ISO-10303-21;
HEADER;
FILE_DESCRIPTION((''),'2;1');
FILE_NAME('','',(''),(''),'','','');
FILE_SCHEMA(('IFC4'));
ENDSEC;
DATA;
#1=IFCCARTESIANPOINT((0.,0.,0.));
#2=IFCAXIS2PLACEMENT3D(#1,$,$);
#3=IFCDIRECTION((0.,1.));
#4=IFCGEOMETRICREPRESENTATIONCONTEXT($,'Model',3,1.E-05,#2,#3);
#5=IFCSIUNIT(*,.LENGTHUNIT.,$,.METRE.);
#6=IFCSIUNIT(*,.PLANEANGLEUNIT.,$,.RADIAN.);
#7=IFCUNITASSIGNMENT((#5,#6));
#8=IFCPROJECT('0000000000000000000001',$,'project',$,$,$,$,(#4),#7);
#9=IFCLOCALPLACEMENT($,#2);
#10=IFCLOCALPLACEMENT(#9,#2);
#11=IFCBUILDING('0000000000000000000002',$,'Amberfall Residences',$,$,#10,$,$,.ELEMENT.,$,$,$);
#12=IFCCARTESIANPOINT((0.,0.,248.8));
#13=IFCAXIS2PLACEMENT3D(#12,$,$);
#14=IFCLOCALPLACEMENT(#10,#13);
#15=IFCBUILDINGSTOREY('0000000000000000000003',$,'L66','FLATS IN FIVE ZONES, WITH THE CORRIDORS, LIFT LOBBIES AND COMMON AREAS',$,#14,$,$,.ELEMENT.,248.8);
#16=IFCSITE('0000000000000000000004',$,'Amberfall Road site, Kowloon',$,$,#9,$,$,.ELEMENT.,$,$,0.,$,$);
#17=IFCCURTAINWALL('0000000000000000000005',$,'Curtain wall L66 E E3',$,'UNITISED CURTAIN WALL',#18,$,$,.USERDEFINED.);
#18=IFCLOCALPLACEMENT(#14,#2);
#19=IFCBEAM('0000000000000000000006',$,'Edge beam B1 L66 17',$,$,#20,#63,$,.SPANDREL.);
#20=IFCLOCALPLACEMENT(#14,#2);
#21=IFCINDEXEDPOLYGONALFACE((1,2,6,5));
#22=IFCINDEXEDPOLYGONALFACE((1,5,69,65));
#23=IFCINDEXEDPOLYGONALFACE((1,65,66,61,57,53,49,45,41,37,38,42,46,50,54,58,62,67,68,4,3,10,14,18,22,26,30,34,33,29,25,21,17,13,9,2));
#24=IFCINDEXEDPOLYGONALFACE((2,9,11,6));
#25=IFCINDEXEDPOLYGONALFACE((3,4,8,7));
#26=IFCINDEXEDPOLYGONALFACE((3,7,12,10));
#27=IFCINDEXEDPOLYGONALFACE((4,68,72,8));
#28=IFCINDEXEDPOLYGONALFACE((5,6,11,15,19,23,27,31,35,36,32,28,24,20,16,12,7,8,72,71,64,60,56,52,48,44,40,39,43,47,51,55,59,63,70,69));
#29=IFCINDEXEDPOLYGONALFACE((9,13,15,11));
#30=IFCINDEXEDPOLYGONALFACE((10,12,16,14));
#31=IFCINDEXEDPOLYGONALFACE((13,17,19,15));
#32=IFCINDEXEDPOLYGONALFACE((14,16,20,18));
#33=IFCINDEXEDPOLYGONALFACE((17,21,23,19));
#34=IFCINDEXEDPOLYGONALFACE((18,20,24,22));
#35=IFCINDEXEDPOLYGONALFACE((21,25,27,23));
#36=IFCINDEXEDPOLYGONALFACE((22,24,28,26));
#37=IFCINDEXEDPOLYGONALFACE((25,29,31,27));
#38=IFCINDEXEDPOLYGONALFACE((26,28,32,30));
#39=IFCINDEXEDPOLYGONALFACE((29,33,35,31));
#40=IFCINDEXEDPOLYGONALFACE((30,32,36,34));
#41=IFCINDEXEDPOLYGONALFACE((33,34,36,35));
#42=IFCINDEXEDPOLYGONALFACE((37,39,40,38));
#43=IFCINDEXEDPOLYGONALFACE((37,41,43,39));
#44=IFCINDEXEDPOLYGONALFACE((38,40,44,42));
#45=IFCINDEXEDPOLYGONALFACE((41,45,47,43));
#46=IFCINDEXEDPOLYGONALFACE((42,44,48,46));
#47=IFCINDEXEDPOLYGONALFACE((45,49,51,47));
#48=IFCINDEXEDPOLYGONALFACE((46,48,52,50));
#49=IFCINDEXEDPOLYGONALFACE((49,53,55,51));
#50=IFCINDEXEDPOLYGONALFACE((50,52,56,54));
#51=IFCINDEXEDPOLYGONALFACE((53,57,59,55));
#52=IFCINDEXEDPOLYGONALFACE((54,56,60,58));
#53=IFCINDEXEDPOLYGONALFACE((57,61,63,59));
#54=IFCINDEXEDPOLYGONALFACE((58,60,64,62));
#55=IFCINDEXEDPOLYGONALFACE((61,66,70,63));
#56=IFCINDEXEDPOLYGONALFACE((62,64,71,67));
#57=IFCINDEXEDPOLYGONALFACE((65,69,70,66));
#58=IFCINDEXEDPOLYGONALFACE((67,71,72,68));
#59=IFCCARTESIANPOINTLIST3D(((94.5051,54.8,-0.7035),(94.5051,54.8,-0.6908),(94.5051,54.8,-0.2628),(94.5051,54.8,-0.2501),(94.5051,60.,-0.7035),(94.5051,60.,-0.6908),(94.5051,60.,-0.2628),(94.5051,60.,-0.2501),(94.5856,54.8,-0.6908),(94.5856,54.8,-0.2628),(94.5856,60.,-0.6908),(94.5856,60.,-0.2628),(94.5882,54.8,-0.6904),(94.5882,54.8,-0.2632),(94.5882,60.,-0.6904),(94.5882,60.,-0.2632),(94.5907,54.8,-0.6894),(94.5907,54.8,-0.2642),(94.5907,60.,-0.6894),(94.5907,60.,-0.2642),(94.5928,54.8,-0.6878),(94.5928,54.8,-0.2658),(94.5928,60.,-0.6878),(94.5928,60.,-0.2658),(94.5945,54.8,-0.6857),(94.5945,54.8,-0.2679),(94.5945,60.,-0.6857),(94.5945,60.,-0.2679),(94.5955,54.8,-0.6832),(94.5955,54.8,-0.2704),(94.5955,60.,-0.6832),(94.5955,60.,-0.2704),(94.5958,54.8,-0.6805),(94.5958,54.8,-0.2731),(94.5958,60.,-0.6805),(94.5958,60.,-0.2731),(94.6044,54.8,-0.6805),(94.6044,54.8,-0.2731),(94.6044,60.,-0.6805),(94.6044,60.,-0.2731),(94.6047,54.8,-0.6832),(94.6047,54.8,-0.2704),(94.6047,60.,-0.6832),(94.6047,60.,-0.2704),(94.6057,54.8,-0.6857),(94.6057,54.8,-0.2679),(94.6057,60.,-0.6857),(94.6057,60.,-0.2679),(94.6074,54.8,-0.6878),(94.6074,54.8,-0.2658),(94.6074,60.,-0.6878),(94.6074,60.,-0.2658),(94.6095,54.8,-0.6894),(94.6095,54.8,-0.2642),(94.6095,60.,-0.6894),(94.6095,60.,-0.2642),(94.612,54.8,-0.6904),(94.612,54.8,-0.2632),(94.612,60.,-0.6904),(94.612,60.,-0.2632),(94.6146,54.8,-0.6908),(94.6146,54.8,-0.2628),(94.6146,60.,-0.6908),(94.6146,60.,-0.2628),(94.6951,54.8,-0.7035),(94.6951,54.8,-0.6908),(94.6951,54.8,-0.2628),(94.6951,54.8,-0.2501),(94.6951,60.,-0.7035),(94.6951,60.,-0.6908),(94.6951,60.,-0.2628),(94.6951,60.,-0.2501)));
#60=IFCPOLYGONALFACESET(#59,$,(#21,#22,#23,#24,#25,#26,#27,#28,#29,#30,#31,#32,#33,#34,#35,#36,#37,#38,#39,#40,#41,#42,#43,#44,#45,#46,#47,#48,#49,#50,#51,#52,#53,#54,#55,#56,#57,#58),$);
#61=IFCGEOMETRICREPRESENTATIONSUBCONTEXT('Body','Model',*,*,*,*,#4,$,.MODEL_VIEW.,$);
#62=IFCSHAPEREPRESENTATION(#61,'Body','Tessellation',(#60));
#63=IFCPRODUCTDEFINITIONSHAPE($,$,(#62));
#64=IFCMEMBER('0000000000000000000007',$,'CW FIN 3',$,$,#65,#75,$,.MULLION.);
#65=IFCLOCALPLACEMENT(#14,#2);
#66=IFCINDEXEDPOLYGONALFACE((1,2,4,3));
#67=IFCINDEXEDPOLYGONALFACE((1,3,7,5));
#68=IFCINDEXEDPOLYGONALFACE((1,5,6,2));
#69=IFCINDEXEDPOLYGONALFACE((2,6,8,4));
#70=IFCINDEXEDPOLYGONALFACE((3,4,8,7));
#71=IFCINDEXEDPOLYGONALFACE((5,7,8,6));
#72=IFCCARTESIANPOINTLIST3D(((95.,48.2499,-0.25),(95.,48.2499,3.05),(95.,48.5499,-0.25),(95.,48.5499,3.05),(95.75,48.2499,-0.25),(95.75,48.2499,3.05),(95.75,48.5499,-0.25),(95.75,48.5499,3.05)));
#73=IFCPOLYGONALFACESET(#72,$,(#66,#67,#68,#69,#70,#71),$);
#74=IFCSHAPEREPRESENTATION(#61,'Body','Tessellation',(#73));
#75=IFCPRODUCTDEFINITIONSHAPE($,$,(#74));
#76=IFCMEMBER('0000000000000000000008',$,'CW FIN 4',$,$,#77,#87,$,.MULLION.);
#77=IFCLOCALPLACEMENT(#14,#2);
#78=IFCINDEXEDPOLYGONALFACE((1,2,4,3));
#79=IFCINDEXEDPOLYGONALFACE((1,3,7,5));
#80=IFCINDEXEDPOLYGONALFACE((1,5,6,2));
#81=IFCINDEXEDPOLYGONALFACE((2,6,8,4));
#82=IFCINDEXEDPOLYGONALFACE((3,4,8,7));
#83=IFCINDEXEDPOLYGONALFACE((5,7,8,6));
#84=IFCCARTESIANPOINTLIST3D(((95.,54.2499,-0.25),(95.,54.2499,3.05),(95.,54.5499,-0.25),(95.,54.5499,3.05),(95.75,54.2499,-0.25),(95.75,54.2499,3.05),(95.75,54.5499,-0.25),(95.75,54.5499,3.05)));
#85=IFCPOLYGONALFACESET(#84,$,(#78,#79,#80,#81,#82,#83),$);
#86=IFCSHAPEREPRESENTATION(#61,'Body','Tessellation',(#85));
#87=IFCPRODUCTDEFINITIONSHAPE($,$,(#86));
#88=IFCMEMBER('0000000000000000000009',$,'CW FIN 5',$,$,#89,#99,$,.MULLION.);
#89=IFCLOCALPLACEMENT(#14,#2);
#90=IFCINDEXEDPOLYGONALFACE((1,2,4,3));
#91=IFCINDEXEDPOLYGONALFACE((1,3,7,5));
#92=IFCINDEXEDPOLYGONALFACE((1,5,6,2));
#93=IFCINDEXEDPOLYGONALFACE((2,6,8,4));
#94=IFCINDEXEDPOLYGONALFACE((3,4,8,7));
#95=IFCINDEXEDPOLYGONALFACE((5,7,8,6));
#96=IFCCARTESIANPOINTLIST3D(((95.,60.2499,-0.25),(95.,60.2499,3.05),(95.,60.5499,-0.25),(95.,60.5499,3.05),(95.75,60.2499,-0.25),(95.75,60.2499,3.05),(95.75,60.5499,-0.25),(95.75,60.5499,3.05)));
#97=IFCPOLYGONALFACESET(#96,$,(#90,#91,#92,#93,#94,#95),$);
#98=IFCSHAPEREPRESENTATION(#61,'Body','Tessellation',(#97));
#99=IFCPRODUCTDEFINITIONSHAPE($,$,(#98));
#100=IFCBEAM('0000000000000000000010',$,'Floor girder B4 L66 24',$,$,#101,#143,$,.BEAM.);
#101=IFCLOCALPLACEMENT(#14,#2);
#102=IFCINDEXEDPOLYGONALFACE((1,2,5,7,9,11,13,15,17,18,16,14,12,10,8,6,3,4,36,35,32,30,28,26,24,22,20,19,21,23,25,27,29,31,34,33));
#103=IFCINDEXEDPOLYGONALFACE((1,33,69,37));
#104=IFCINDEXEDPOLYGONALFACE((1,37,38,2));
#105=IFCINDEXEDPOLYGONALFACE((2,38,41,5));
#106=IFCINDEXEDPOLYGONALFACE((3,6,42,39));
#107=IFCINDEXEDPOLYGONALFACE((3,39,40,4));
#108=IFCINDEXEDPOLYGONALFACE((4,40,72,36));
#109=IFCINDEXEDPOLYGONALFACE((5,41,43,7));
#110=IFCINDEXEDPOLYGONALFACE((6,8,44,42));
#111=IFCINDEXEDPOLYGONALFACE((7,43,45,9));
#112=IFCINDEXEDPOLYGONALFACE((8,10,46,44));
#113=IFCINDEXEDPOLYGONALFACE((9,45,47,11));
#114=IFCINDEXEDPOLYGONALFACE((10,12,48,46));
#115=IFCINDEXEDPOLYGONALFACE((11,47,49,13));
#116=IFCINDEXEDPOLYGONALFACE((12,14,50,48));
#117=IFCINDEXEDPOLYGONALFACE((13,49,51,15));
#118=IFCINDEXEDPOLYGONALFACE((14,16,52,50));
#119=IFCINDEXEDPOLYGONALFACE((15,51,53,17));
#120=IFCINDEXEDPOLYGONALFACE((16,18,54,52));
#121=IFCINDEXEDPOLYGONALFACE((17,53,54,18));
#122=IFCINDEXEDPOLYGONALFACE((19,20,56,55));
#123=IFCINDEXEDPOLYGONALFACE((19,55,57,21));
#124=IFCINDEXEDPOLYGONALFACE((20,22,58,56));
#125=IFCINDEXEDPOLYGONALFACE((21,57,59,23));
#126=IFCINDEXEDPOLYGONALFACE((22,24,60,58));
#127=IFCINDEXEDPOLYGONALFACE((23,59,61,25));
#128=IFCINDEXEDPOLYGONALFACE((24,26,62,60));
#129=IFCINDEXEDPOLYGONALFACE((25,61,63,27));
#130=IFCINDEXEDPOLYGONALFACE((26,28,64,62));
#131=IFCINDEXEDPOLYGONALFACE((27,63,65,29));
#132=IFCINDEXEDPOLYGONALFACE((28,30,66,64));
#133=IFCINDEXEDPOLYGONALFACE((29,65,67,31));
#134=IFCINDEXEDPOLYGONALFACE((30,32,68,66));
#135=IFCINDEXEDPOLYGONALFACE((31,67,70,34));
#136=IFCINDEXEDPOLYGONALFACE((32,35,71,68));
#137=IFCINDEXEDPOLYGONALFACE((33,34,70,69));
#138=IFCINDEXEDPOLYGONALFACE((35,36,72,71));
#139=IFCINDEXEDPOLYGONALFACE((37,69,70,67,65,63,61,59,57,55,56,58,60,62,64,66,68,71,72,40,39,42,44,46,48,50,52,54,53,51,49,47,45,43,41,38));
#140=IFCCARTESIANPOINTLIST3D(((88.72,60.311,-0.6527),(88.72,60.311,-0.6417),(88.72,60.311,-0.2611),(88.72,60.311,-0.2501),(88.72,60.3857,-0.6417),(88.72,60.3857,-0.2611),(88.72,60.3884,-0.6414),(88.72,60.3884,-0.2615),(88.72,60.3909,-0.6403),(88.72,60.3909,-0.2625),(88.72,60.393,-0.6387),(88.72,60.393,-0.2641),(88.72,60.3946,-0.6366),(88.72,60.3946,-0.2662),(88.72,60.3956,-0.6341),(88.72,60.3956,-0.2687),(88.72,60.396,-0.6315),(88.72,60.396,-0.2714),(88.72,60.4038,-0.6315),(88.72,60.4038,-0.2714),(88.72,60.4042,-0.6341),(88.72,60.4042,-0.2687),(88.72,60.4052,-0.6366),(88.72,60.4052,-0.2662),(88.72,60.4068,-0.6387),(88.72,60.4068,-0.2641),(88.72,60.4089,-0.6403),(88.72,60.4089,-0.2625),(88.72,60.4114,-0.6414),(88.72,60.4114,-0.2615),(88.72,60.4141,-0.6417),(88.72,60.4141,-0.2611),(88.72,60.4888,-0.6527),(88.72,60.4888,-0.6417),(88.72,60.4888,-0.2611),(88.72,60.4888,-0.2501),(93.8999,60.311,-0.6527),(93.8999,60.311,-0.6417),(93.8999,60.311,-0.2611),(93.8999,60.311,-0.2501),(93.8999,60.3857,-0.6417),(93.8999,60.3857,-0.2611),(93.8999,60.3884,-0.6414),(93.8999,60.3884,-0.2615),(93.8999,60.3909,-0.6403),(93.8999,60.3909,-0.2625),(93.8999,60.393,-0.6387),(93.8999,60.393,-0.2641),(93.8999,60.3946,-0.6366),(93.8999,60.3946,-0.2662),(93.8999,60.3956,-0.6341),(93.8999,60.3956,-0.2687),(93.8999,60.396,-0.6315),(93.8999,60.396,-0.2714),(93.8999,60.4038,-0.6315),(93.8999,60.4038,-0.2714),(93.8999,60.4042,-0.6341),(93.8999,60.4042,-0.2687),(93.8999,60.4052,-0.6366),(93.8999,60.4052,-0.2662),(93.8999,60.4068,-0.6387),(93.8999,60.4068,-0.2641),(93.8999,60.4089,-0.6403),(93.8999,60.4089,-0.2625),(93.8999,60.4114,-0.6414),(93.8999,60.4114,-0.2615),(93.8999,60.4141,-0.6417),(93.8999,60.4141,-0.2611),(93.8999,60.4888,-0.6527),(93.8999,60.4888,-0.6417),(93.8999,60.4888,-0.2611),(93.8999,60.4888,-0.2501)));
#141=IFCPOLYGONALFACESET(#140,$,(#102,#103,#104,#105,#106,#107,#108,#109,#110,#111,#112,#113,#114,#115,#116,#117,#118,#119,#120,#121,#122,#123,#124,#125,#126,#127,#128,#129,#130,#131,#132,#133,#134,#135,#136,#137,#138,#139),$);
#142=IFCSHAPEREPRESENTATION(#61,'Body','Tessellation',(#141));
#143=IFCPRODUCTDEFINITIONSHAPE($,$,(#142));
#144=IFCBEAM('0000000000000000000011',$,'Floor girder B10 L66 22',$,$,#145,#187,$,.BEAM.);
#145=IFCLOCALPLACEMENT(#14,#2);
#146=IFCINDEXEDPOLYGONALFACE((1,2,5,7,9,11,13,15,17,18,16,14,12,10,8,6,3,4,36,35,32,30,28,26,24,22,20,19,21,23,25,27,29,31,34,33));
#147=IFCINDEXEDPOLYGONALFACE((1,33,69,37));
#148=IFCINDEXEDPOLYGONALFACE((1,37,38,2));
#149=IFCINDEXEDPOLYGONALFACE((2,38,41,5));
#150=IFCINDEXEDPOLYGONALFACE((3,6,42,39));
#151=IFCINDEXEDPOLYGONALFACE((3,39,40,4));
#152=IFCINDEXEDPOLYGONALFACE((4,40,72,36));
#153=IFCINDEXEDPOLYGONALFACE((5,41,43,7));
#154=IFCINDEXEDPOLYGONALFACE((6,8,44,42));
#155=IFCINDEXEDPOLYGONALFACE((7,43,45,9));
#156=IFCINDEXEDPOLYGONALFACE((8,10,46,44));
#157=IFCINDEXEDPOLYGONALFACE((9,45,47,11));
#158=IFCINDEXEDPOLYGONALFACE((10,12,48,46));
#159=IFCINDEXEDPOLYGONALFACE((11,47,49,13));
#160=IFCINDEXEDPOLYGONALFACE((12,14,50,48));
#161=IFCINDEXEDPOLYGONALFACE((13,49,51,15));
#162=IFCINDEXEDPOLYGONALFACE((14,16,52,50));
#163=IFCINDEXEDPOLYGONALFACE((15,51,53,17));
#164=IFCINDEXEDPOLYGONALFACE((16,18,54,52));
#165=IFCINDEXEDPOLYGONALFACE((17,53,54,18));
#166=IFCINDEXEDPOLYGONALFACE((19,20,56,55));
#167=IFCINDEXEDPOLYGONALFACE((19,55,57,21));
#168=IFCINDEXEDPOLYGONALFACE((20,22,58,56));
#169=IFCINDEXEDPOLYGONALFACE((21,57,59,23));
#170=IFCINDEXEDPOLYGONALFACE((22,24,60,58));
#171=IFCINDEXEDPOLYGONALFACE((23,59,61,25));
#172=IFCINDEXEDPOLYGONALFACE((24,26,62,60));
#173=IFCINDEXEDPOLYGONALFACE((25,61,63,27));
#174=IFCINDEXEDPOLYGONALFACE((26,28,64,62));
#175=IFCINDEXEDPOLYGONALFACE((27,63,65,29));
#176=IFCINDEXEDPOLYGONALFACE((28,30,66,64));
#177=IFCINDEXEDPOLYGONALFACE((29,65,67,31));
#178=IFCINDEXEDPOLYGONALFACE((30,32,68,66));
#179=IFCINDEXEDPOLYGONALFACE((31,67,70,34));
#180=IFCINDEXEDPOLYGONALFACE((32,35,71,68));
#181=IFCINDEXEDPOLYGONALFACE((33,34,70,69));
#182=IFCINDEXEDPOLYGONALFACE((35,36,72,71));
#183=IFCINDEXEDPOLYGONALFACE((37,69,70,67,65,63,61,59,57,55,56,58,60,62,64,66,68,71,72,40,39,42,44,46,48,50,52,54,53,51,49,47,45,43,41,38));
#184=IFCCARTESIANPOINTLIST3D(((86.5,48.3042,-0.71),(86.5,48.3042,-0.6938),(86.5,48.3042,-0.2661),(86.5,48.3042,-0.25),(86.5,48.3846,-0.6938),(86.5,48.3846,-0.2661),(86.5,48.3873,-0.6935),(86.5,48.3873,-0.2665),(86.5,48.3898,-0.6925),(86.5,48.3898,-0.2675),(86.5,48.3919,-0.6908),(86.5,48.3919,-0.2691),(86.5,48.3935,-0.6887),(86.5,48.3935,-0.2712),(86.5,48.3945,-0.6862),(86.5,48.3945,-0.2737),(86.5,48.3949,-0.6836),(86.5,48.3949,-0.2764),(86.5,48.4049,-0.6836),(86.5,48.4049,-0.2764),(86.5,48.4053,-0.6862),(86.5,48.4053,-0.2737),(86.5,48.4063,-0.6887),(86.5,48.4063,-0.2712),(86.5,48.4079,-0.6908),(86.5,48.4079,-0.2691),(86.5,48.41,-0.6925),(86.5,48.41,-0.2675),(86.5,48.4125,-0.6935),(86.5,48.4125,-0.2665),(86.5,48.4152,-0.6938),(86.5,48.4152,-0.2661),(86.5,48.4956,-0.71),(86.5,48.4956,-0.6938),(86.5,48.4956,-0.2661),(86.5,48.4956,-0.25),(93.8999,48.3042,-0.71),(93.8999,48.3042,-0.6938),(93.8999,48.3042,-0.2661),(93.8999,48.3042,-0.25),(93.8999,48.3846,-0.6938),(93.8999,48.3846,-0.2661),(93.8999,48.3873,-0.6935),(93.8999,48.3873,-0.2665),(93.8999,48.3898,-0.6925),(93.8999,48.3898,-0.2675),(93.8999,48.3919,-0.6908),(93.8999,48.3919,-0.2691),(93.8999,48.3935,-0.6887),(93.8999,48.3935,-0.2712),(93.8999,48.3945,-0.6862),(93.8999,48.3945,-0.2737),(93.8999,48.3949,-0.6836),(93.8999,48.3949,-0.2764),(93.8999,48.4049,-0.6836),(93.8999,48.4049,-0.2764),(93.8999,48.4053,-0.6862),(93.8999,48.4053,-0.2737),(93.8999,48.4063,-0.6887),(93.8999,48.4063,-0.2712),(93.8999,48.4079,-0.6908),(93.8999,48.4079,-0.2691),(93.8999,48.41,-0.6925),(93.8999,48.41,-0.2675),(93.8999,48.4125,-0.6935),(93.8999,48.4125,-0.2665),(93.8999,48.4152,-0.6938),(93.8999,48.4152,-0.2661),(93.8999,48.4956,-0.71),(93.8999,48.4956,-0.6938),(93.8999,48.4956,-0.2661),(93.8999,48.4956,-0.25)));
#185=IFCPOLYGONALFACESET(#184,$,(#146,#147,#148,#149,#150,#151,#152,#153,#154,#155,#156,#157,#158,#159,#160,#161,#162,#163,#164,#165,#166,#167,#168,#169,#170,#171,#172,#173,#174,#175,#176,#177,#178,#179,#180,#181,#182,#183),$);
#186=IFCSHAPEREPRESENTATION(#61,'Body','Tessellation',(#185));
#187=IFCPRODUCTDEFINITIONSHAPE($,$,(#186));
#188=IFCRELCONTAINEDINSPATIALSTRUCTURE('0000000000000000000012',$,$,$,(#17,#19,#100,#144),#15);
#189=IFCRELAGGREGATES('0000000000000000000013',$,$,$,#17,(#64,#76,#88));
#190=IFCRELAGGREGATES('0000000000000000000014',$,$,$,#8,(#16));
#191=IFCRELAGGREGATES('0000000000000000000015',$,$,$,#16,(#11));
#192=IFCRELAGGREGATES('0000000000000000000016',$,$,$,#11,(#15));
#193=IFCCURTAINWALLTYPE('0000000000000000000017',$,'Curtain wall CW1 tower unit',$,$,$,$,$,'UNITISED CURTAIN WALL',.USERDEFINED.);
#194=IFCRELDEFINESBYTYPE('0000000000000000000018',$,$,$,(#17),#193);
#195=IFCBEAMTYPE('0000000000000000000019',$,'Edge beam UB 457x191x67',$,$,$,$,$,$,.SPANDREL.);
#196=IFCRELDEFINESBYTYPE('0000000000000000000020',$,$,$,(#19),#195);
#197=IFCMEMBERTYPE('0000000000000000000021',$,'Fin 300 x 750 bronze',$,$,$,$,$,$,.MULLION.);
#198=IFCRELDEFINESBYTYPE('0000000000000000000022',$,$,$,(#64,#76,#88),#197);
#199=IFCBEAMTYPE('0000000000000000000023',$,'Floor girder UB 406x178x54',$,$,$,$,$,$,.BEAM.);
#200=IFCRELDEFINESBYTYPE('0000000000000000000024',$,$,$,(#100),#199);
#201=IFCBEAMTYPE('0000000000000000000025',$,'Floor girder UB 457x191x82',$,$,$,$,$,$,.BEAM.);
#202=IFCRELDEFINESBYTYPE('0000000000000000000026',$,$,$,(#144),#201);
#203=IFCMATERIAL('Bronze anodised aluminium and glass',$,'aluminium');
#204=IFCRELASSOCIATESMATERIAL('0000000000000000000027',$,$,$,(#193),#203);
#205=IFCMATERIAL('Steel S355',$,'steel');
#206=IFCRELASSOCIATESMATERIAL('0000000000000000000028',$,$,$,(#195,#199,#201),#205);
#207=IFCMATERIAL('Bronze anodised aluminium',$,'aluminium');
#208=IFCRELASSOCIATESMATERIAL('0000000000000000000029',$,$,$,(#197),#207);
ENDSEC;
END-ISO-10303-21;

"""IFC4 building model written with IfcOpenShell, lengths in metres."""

from ifc_helpers import new_model, si_unit, direction, frame, origin, origin_2d, place, context, subcontext, project, spatial, rectangle, i_section, extrude, material, material_profile, profile_set, type_object, element, aggregate, save


model = new_model("IFC4")

# Units and contexts
model_context = context("Model", 3, precision=1e-05, world=origin(), true_north=direction((0.0, 1.0)))
body_context = subcontext(model_context, "Body", "Model", "MODEL_VIEW")
ifc_project = project(units=[si_unit("LENGTHUNIT", "METRE"), si_unit("PLANEANGLEUNIT", "RADIAN")], contexts=[model_context])

# Site, building, storey
site_placement = place(None, origin())
site = spatial("IfcSite", under=ifc_project, at=site_placement, Name="Amberfall Road site, Kowloon", CompositionType="ELEMENT", RefElevation=0.0)
building_placement = place(site_placement, origin())
building = spatial("IfcBuilding", under=site, at=building_placement, Name="Amberfall Residences", CompositionType="ELEMENT")
storey_placement = place(building_placement, frame((0.0, 0.0, 248.8)))
storey = spatial("IfcBuildingStorey", under=building, at=storey_placement, Name="L66", Description="FLATS IN FIVE ZONES, WITH THE CORRIDORS, LIFT LOBBIES AND COMMON AREAS", CompositionType="ELEMENT", Elevation=248.8)

# Curtain wall
ifc_material_1 = material(Name="Bronze anodised aluminium and glass", Category="aluminium")
curtain_wall_type = type_object("IfcCurtainWallType", Name="Curtain wall CW1 tower unit", ElementType="UNITISED CURTAIN WALL", PredefinedType="USERDEFINED", material=ifc_material_1)
curtain_wall_placement = place(storey_placement, origin())
curtain_wall = element("IfcCurtainWall", 1, at=curtain_wall_placement, inside=storey, type_object=curtain_wall_type, Name="Curtain wall L66 E E3", ObjectType="UNITISED CURTAIN WALL", PredefinedType="USERDEFINED")
ifc_material_2 = material(Name="Bronze anodised aluminium", Category="aluminium")

# Beam
ifc_material_3 = material(Name="Steel S355", Category="steel")
ifc_material_profile_1 = material_profile(ifc_material_3, i_section(OverallWidth=0.1899, OverallDepth=0.4534, WebThickness=0.0085, FlangeThickness=0.0127, FilletRadius=0.0103, at=origin_2d()), Name="UB 457x191x67")
ifc_profile_set_1 = profile_set([ifc_material_profile_1], Name="Steel S355")
beam_type_1 = type_object("IfcBeamType", Name="Edge beam UB 457x191x67", PredefinedType="SPANDREL", material=ifc_profile_set_1)
for number, where, z_axis, x_axis, name in (
    (2, (94.6001, 54.8, -0.4768), (0.0, 1.0, 0.0), (-1.0, 0.0, 0.0), "Edge beam B1 L66 17"),
):
    element("IfcBeam", number, at=place(storey_placement, frame(where, z_axis=z_axis, x_axis=x_axis)), inside=storey, type_object=beam_type_1, Name=name, PredefinedType="SPANDREL", context=body_context, shape_type="SweptSolid", body=[
        extrude(i_section(OverallWidth=0.1899, OverallDepth=0.4534, WebThickness=0.0085, FlangeThickness=0.0127, FilletRadius=0.0103, at=origin_2d()), origin(), (0.0, 0.0, 1.0), 5.2),
    ])

# Members
ifc_material_profile_2 = material_profile(ifc_material_2, rectangle(XDim=0.75, YDim=0.3, at=origin_2d()), Name="Fin 300 x 750 bronze")
ifc_profile_set_2 = profile_set([ifc_material_profile_2], Name="Bronze anodised aluminium")
member_type_1 = type_object("IfcMemberType", Name="Fin 300 x 750 bronze", PredefinedType="MULLION", material=ifc_profile_set_2)
member_1_placement = place(storey_placement, frame((95.375, 48.3999, -0.25), z_axis=(0.0, 0.0, 1.0), x_axis=(-1.0, 0.0, 0.0)))
member_1 = element("IfcMember", 3, at=member_1_placement, type_object=member_type_1, Name="CW FIN 3", PredefinedType="MULLION", context=body_context, shape_type="SweptSolid", body=[
    extrude(rectangle(XDim=0.75, YDim=0.3, at=origin_2d()), origin(), (0.0, 0.0, 1.0), 3.3),
])
member_2_placement = place(storey_placement, frame((95.375, 54.3999, -0.25), z_axis=(0.0, 0.0, 1.0), x_axis=(-1.0, 0.0, 0.0)))
member_2 = element("IfcMember", 4, at=member_2_placement, type_object=member_type_1, Name="CW FIN 4", PredefinedType="MULLION", context=body_context, shape_type="SweptSolid", body=[
    extrude(rectangle(XDim=0.75, YDim=0.3, at=origin_2d()), origin(), (0.0, 0.0, 1.0), 3.3),
])
member_3_placement = place(storey_placement, frame((95.375, 60.3999, -0.25), z_axis=(0.0, 0.0, 1.0), x_axis=(-1.0, 0.0, 0.0)))
member_3 = element("IfcMember", 5, at=member_3_placement, type_object=member_type_1, Name="CW FIN 5", PredefinedType="MULLION", context=body_context, shape_type="SweptSolid", body=[
    extrude(rectangle(XDim=0.75, YDim=0.3, at=origin_2d()), origin(), (0.0, 0.0, 1.0), 3.3),
])

# Beams
ifc_material_profile_3 = material_profile(ifc_material_3, i_section(OverallWidth=0.1777, OverallDepth=0.4026, WebThickness=0.0078, FlangeThickness=0.011, FilletRadius=0.0103, at=origin_2d()), Name="UB 406x178x54")
ifc_profile_set_3 = profile_set([ifc_material_profile_3], Name="Steel S355")
beam_type_2 = type_object("IfcBeamType", Name="Floor girder UB 406x178x54", PredefinedType="BEAM", material=ifc_profile_set_3)
beam_placement = place(storey_placement, frame((93.8999, 60.3999, -0.4514), z_axis=(-1.0, 0.0, 0.0), x_axis=(0.0, -1.0, 0.0)))
element("IfcBeam", 6, at=beam_placement, inside=storey, type_object=beam_type_2, Name="Floor girder B4 L66 24", PredefinedType="BEAM", context=body_context, shape_type="SweptSolid", body=[
    extrude(i_section(OverallWidth=0.1777, OverallDepth=0.4026, WebThickness=0.0078, FlangeThickness=0.011, FilletRadius=0.0103, at=origin_2d()), origin(), (0.0, 0.0, 1.0), 5.1799),
])
ifc_material_profile_4 = material_profile(ifc_material_3, i_section(OverallWidth=0.1914, OverallDepth=0.46, WebThickness=0.01, FlangeThickness=0.0161, FilletRadius=0.0103, at=origin_2d()), Name="UB 457x191x82")
ifc_profile_set_4 = profile_set([ifc_material_profile_4], Name="Steel S355")
beam_type_3 = type_object("IfcBeamType", Name="Floor girder UB 457x191x82", PredefinedType="BEAM", material=ifc_profile_set_4)
for number, where, z_axis, x_axis, name in (
    (7, (93.8999, 48.3999, -0.48), (-1.0, 0.0, 0.0), (0.0, -1.0, 0.0), "Floor girder B10 L66 22"),
):
    element("IfcBeam", number, at=place(storey_placement, frame(where, z_axis=z_axis, x_axis=x_axis)), inside=storey, type_object=beam_type_3, Name=name, PredefinedType="BEAM", context=body_context, shape_type="SweptSolid", body=[
        extrude(i_section(OverallWidth=0.1914, OverallDepth=0.46, WebThickness=0.01, FlangeThickness=0.0161, FilletRadius=0.0103, at=origin_2d()), origin(), (0.0, 0.0, 1.0), 7.3999),
    ])

aggregate(curtain_wall, [member_1, member_2, member_3])

save(model, "model.ifc")
